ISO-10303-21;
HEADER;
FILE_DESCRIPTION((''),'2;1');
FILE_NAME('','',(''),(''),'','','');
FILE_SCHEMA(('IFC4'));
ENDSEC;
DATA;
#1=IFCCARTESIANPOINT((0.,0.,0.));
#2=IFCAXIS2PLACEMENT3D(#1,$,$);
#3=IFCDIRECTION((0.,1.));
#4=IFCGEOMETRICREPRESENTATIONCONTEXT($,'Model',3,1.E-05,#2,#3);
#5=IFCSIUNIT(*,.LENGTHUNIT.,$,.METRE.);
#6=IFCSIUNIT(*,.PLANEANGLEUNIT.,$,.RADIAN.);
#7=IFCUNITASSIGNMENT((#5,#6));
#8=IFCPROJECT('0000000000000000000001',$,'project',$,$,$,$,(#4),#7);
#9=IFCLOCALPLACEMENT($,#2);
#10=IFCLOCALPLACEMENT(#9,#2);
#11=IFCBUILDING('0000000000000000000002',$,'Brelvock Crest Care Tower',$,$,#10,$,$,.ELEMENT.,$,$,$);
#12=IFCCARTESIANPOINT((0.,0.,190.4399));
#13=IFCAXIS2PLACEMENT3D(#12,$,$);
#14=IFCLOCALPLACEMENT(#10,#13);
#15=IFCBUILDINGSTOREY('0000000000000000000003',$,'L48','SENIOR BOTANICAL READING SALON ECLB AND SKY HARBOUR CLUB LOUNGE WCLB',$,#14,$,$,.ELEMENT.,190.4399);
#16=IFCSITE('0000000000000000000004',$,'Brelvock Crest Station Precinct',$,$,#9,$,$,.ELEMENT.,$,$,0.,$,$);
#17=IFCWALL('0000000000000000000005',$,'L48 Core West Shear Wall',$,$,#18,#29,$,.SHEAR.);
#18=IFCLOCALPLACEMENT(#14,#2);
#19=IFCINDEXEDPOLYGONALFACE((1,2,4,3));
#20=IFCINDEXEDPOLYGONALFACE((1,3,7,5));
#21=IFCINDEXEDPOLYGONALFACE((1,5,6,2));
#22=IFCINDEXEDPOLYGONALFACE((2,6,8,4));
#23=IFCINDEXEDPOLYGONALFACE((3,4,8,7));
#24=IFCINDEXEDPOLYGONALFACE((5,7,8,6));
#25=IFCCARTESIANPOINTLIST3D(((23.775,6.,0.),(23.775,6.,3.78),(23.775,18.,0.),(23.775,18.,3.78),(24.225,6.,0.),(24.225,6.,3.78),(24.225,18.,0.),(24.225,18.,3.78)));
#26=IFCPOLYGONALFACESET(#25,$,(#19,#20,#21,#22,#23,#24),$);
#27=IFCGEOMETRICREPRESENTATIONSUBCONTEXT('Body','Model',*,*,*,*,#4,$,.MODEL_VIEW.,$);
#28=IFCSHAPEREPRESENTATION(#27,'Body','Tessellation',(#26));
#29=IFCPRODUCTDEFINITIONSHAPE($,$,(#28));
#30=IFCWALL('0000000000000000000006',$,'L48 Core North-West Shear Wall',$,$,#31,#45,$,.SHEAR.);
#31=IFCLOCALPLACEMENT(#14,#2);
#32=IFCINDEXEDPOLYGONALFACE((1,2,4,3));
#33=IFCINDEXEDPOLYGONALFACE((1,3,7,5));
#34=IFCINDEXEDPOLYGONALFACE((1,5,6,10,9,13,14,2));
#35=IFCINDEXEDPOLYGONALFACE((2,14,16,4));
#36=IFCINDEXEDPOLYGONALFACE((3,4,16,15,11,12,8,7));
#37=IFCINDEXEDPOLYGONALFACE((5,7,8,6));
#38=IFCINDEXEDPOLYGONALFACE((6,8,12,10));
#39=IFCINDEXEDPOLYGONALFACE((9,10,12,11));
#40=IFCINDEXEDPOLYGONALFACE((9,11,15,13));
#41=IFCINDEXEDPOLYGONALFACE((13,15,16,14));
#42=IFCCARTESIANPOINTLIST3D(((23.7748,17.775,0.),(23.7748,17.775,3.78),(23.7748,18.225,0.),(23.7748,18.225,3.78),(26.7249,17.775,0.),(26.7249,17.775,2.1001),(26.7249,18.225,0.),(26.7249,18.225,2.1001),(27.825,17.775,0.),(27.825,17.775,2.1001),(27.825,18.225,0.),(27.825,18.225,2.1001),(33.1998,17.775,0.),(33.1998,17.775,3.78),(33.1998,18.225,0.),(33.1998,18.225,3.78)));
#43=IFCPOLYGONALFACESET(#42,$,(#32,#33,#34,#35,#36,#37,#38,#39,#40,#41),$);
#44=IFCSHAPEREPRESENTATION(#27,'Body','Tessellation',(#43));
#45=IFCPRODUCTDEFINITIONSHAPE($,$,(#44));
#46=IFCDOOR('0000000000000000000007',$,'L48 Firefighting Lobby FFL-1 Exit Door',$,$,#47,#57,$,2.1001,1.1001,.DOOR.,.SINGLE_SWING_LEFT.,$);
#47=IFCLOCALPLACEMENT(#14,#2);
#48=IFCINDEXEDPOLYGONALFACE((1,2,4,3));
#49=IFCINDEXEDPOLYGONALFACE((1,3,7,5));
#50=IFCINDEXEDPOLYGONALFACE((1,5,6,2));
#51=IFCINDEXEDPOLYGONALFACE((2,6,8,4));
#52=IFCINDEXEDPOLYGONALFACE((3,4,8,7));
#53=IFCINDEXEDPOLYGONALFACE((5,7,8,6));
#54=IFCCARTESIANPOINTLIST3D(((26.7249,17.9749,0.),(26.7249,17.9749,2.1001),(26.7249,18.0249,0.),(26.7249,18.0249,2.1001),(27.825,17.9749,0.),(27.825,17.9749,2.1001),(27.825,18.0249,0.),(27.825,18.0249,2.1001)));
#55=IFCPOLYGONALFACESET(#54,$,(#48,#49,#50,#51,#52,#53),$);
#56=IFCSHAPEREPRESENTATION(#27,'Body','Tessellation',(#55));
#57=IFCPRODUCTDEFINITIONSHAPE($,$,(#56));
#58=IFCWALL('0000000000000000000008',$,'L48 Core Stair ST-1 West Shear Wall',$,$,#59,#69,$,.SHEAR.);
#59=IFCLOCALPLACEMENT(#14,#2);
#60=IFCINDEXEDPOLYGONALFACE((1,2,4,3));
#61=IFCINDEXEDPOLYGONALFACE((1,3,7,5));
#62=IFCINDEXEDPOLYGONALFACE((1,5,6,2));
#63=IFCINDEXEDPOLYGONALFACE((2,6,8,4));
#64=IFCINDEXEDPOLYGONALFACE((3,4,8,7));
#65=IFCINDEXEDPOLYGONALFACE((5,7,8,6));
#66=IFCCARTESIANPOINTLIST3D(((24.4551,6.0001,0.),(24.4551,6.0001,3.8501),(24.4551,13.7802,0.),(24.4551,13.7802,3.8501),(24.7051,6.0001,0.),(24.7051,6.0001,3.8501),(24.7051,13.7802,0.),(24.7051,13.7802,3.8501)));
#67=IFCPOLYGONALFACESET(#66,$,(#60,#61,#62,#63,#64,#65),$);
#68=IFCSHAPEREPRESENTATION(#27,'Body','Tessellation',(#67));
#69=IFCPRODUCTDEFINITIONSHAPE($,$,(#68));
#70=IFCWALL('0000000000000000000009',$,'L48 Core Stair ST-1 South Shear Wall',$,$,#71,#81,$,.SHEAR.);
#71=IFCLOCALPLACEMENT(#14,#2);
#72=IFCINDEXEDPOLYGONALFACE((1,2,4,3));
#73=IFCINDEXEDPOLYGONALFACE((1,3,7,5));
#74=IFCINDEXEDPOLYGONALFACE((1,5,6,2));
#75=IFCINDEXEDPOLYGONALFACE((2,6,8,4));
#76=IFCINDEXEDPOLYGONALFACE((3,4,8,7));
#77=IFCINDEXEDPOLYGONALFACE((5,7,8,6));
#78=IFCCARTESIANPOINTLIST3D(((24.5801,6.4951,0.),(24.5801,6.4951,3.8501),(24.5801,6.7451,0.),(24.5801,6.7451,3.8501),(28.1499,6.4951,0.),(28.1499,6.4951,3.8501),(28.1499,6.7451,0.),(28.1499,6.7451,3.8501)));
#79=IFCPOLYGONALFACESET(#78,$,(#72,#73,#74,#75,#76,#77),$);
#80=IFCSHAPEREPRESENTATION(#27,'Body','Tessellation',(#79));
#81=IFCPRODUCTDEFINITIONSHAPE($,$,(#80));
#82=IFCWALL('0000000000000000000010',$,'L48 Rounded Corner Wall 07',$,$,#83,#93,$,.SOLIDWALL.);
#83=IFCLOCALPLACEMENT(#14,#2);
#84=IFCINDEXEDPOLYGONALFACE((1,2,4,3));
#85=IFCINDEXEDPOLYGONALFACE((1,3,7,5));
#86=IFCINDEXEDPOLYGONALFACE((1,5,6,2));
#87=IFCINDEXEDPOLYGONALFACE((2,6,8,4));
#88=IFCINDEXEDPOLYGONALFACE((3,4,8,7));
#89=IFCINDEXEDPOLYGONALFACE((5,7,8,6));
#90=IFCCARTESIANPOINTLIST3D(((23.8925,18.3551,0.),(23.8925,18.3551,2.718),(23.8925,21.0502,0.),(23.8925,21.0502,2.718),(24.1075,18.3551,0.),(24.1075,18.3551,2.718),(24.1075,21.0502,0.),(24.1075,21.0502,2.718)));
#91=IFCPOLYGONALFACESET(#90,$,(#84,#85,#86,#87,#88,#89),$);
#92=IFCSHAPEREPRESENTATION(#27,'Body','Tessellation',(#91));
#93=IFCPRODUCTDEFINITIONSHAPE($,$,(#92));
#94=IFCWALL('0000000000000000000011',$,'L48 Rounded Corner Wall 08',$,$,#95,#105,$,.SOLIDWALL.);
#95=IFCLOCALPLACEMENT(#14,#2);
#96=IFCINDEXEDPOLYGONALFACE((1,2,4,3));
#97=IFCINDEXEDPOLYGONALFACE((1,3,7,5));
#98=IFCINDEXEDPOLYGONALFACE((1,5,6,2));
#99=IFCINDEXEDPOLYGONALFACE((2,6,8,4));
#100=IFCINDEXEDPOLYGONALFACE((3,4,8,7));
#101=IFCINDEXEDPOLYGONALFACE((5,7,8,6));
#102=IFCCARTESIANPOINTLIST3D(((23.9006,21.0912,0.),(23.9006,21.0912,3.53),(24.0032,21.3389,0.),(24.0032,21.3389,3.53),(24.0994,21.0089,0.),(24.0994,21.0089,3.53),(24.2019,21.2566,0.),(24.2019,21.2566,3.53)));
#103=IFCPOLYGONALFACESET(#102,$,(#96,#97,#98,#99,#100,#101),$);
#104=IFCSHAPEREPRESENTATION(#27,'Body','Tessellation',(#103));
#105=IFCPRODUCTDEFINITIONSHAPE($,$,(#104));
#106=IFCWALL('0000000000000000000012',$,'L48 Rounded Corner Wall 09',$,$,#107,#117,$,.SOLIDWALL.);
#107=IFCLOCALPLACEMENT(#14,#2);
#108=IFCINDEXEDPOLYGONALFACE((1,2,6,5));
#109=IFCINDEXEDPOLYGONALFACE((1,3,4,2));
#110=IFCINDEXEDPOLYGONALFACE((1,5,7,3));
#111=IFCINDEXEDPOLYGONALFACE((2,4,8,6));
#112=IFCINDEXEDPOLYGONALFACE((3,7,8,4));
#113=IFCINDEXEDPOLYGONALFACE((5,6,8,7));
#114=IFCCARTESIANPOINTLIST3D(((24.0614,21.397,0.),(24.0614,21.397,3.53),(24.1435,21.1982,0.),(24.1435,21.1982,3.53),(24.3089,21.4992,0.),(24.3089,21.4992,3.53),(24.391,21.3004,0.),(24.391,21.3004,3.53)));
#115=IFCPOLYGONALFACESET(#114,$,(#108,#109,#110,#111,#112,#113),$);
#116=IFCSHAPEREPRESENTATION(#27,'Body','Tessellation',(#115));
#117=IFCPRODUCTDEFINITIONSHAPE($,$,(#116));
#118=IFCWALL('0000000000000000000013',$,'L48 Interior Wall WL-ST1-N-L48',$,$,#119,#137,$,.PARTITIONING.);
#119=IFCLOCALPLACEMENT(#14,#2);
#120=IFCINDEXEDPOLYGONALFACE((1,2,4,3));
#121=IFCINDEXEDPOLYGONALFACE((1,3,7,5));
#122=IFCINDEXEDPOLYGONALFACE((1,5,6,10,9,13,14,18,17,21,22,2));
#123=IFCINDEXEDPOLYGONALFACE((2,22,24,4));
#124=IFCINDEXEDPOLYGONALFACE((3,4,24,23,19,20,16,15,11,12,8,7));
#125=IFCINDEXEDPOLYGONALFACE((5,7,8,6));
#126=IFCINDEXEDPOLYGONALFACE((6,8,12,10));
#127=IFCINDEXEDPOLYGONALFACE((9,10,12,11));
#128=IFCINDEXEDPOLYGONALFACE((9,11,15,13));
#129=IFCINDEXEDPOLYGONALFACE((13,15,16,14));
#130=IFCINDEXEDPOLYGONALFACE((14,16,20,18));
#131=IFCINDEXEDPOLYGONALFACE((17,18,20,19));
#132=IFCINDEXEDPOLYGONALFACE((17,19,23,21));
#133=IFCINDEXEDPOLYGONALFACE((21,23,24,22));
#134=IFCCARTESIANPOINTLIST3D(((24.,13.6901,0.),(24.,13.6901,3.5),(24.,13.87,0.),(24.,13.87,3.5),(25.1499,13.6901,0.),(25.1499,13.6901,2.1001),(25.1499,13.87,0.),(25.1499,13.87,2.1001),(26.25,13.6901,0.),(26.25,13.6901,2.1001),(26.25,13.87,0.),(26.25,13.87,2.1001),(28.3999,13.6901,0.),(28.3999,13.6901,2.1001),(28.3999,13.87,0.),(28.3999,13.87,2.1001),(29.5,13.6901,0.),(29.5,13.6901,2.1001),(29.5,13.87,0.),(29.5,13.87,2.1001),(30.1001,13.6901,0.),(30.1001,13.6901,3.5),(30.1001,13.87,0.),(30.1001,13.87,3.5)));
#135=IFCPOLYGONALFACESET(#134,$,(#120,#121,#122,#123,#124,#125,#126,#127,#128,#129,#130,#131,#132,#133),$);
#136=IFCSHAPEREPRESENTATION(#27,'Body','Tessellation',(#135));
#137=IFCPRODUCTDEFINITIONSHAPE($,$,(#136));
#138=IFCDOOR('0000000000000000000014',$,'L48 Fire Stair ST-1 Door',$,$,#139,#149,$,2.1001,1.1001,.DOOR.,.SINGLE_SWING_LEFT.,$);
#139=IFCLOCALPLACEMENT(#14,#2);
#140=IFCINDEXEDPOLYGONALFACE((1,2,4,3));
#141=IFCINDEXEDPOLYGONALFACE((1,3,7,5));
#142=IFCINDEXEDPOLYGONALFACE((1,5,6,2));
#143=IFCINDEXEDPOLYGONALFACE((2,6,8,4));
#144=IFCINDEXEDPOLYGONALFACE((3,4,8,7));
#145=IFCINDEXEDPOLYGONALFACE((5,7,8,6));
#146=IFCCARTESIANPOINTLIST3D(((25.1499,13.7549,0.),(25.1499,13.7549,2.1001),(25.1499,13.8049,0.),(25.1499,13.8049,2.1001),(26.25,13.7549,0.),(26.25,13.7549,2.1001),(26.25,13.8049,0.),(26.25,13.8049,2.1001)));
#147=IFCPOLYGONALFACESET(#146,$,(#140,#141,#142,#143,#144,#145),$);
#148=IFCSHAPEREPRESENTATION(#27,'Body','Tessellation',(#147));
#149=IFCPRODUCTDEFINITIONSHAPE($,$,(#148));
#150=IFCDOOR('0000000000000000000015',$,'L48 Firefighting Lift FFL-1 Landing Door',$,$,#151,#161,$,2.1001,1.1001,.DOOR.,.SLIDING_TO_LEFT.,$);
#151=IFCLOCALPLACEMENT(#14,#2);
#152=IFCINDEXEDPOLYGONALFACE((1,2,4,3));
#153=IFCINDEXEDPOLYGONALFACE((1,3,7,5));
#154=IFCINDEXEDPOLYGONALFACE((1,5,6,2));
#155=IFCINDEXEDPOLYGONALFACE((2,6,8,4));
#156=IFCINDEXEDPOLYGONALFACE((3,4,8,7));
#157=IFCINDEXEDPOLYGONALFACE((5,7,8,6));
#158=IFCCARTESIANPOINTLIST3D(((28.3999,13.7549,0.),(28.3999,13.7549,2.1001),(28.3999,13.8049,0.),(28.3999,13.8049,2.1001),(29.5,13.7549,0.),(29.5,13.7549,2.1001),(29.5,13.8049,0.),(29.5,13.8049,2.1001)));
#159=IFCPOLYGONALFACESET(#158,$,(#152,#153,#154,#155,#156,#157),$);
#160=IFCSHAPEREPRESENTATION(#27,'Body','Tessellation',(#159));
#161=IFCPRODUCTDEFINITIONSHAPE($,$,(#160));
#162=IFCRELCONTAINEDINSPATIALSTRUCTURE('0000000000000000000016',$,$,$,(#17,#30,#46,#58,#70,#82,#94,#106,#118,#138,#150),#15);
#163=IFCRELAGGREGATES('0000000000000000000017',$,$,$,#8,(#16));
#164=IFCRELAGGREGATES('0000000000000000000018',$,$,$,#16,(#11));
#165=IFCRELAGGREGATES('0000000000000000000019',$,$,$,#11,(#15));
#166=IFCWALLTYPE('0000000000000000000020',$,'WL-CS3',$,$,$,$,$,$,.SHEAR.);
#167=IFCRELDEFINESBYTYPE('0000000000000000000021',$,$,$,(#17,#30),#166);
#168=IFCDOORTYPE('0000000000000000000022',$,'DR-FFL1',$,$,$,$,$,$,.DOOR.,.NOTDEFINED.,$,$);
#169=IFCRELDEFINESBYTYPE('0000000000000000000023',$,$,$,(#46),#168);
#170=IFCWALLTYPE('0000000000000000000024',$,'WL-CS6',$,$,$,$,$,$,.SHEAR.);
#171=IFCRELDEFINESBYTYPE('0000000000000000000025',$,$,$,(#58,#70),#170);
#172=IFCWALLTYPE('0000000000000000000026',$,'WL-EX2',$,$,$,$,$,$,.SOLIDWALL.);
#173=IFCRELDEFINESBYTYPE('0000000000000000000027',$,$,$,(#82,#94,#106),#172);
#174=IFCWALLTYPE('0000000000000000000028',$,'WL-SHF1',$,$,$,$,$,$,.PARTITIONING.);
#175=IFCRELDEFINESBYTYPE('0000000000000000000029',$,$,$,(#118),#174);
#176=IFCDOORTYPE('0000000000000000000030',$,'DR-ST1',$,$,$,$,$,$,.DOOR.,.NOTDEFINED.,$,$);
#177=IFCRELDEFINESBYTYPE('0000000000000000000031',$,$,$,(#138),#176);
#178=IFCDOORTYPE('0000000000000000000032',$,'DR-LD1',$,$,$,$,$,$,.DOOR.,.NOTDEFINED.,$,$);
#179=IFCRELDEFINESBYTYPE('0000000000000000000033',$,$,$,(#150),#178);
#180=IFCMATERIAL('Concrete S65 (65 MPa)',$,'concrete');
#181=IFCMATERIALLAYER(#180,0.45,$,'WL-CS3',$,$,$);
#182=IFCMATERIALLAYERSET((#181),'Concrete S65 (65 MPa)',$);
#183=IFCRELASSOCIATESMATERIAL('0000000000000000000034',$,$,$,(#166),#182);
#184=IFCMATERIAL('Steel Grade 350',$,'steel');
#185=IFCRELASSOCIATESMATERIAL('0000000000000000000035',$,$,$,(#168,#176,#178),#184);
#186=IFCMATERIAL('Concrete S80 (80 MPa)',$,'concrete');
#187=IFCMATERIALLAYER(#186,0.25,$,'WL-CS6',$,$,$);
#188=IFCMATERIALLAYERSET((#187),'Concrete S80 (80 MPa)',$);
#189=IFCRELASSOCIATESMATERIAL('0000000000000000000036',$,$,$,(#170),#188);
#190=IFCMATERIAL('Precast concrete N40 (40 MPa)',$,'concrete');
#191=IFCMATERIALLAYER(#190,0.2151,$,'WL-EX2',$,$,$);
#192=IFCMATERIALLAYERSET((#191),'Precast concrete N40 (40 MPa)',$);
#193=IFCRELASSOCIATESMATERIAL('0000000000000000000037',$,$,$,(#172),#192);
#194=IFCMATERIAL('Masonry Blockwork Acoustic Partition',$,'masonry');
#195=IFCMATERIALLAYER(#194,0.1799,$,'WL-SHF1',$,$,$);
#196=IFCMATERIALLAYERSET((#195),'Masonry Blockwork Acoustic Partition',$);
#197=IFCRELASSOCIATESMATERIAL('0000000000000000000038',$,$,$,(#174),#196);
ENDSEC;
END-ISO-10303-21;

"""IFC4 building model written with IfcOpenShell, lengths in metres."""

from ifc_helpers import new_model, si_unit, direction, frame, frame_2d, origin, origin_2d, place, context, subcontext, project, spatial, rectangle, extrude, source, transform, mapped, material, layer, layer_set, type_object, element, fill, save


model = new_model("IFC4")

# Units and contexts
model_context = context("Model", 3, precision=1e-05, world=origin(), true_north=direction((0.0, 1.0)))
body_context = subcontext(model_context, "Body", "Model", "MODEL_VIEW")
ifc_project = project(units=[si_unit("LENGTHUNIT", "METRE"), si_unit("PLANEANGLEUNIT", "RADIAN")], contexts=[model_context])

# Site, building, storey
site_placement = place(None, origin())
site = spatial("IfcSite", under=ifc_project, at=site_placement, Name="Brelvock Crest Station Precinct", CompositionType="ELEMENT", RefElevation=0.0)
building_placement = place(site_placement, origin())
building = spatial("IfcBuilding", under=site, at=building_placement, Name="Brelvock Crest Care Tower", CompositionType="ELEMENT")
storey_placement = place(building_placement, frame((0.0, 0.0, 190.4399)))
storey = spatial("IfcBuildingStorey", under=building, at=storey_placement, Name="L48", Description="SENIOR BOTANICAL READING SALON ECLB AND SKY HARBOUR CLUB LOUNGE WCLB", CompositionType="ELEMENT", Elevation=190.4399)

# Shared definitions
ifc_material_1 = material(Name="Concrete S65 (65 MPa)", Category="concrete")

# Shared definitions
ifc_material_2 = material(Name="Steel Grade 350", Category="steel")

# Wall
ifc_layer_1 = layer(ifc_material_1, 0.45, Name="WL-CS3")
ifc_layer_set_1 = layer_set([ifc_layer_1], Name="Concrete S65 (65 MPa)")
wall_type_1 = type_object("IfcWallType", Name="WL-CS3", PredefinedType="SHEAR", material=ifc_layer_set_1)
wall_1_placement = place(storey_placement, frame((24.0, 6.0, 0.0), z_axis=(0.0, 0.0, 1.0), x_axis=(0.0, 1.0, 0.0)))
element("IfcWall", 1, at=wall_1_placement, inside=storey, type_object=wall_type_1, Name="L48 Core West Shear Wall", PredefinedType="SHEAR", context=body_context, shape_type="SweptSolid", body=[
    extrude(rectangle(XDim=12.0, YDim=0.45, at=frame_2d((6.0, 0.0))), origin(), (0.0, 0.0, 1.0), 3.78),
])

# Wall, opening, door
wall_2_placement = place(storey_placement, frame((23.7749, 18.0, 0.0), z_axis=(0.0, 0.0, 1.0), x_axis=(1.0, 0.0, 0.0)))
wall_2 = element("IfcWall", 2, at=wall_2_placement, inside=storey, type_object=wall_type_1, Name="L48 Core North-West Shear Wall", PredefinedType="SHEAR", context=body_context, shape_type="SweptSolid", body=[
    extrude(rectangle(XDim=9.425, YDim=0.45, at=frame_2d((4.7124, 0.0))), origin(), (0.0, 0.0, 1.0), 3.78),
])
opening_1_placement = place(wall_2_placement, frame((2.95, 0.0, 0.0)))
opening_1 = element("IfcOpeningElement", 3, at=opening_1_placement, cuts=wall_2, PredefinedType="OPENING", context=body_context, shape_type="SweptSolid", body=[
    extrude(rectangle(XDim=1.1001, YDim=2.1001, at=origin_2d()), frame((0.55, 0.2349, 1.05), z_axis=(0.0, -1.0, 0.0), x_axis=(1.0, 0.0, 0.0)), (0.0, 0.0, 1.0), 0.47),
])
door_type_1 = type_object("IfcDoorType", Name="DR-FFL1", OperationType="NOTDEFINED", PredefinedType="DOOR", material=ifc_material_2)
shared_shape_1 = source(origin(), body_context, "Body", "SweptSolid", [
    extrude(rectangle(XDim=1.1001, YDim=2.1001, at=origin_2d()), frame((0.55, 0.0249, 1.05), z_axis=(0.0, -1.0, 0.0), x_axis=(1.0, 0.0, 0.0)), (0.0, 0.0, 1.0), 0.05),
])
door_1_placement = place(opening_1_placement, origin())
door_1 = element("IfcDoor", 4, at=door_1_placement, inside=storey, type_object=door_type_1, Name="L48 Firefighting Lobby FFL-1 Exit Door", OperationType="SINGLE_SWING_LEFT", OverallHeight=2.1001, OverallWidth=1.1001, PredefinedType="DOOR", context=body_context, shape_type="MappedRepresentation", body=[
    mapped(shared_shape_1, transform((0.0, 0.0, 0.0), x_axis=(1.0, 0.0, 0.0), y_axis=(0.0, 1.0, 0.0), z_axis=(0.0, 0.0, 1.0), scale=1.0)),
])
fill(opening_1, door_1)

# Walls
ifc_material_3 = material(Name="Concrete S80 (80 MPa)", Category="concrete")
ifc_layer_2 = layer(ifc_material_3, 0.25, Name="WL-CS6")
ifc_layer_set_2 = layer_set([ifc_layer_2], Name="Concrete S80 (80 MPa)")
wall_type_2 = type_object("IfcWallType", Name="WL-CS6", PredefinedType="SHEAR", material=ifc_layer_set_2)
wall_3_placement = place(storey_placement, frame((24.5801, 6.0, 0.0), z_axis=(0.0, 0.0, 1.0), x_axis=(0.0, 1.0, 0.0)))
element("IfcWall", 5, at=wall_3_placement, inside=storey, type_object=wall_type_2, Name="L48 Core Stair ST-1 West Shear Wall", PredefinedType="SHEAR", context=body_context, shape_type="SweptSolid", body=[
    extrude(rectangle(XDim=7.78, YDim=0.25, at=frame_2d((3.8901, 0.0))), origin(), (0.0, 0.0, 1.0), 3.8501),
])
wall_4_placement = place(storey_placement, frame((24.5801, 6.6201, 0.0), z_axis=(0.0, 0.0, 1.0), x_axis=(1.0, 0.0, 0.0)))
element("IfcWall", 6, at=wall_4_placement, inside=storey, type_object=wall_type_2, Name="L48 Core Stair ST-1 South Shear Wall", PredefinedType="SHEAR", context=body_context, shape_type="SweptSolid", body=[
    extrude(rectangle(XDim=3.5698, YDim=0.25, at=frame_2d((1.7849, 0.0))), origin(), (0.0, 0.0, 1.0), 3.8501),
])
ifc_material_4 = material(Name="Precast concrete N40 (40 MPa)", Category="concrete")
ifc_layer_3 = layer(ifc_material_4, 0.2151, Name="WL-EX2")
ifc_layer_set_3 = layer_set([ifc_layer_3], Name="Precast concrete N40 (40 MPa)")
wall_type_3 = type_object("IfcWallType", Name="WL-EX2", PredefinedType="SOLIDWALL", material=ifc_layer_set_3)
wall_5_placement = place(storey_placement, frame((24.0, 18.355, 0.0), z_axis=(0.0, 0.0, 1.0), x_axis=(0.0, 1.0, 0.0)))
element("IfcWall", 7, at=wall_5_placement, inside=storey, type_object=wall_type_3, Name="L48 Rounded Corner Wall 07", PredefinedType="SOLIDWALL", context=body_context, shape_type="SweptSolid", body=[
    extrude(rectangle(XDim=2.6951, YDim=0.2151, at=frame_2d((1.3477, 0.0))), origin(), (0.0, 0.0, 1.0), 2.718),
])
wall_6_placement = place(storey_placement, frame((24.0, 21.05, 0.0), z_axis=(0.0, 0.0, 1.0), x_axis=(0.382674, 0.923884, 0.0)))
element("IfcWall", 8, at=wall_6_placement, inside=storey, type_object=wall_type_3, Name="L48 Rounded Corner Wall 08", PredefinedType="SOLIDWALL", context=body_context, shape_type="SweptSolid", body=[
    extrude(rectangle(XDim=0.2681, YDim=0.2151, at=frame_2d((0.134, 0.0))), origin(), (0.0, 0.0, 1.0), 3.53),
])
wall_7_placement = place(storey_placement, frame((24.1025, 21.2976, 0.0), z_axis=(0.0, 0.0, 1.0), x_axis=(0.924205, 0.381896, 0.0)))
element("IfcWall", 9, at=wall_7_placement, inside=storey, type_object=wall_type_3, Name="L48 Rounded Corner Wall 09", PredefinedType="SOLIDWALL", context=body_context, shape_type="SweptSolid", body=[
    extrude(rectangle(XDim=0.2678, YDim=0.2151, at=frame_2d((0.1338, 0.0))), origin(), (0.0, 0.0, 1.0), 3.53),
])

# Wall, openings, doors
ifc_material_5 = material(Name="Masonry Blockwork Acoustic Partition", Category="masonry")
ifc_layer_4 = layer(ifc_material_5, 0.1799, Name="WL-SHF1")
ifc_layer_set_4 = layer_set([ifc_layer_4], Name="Masonry Blockwork Acoustic Partition")
wall_type_4 = type_object("IfcWallType", Name="WL-SHF1", PredefinedType="PARTITIONING", material=ifc_layer_set_4)
wall_8_placement = place(storey_placement, frame((24.0, 13.78, 0.0), z_axis=(0.0, 0.0, 1.0), x_axis=(1.0, 0.0, 0.0)))
wall_8 = element("IfcWall", 10, at=wall_8_placement, inside=storey, type_object=wall_type_4, Name="L48 Interior Wall WL-ST1-N-L48", PredefinedType="PARTITIONING", context=body_context, shape_type="SweptSolid", body=[
    extrude(rectangle(XDim=6.1001, YDim=0.1799, at=frame_2d((3.05, 0.0))), origin(), (0.0, 0.0, 1.0), 3.5),
])
opening_2_placement = place(wall_8_placement, frame((1.1499, 0.0, 0.0)))
opening_2 = element("IfcOpeningElement", 11, at=opening_2_placement, cuts=wall_8, PredefinedType="OPENING", context=body_context, shape_type="SweptSolid", body=[
    extrude(rectangle(XDim=1.1001, YDim=2.1001, at=origin_2d()), frame((0.55, 0.1001, 1.05), z_axis=(0.0, -1.0, 0.0), x_axis=(1.0, 0.0, 0.0)), (0.0, 0.0, 1.0), 0.2),
])
opening_3_placement = place(wall_8_placement, frame((4.3999, 0.0, 0.0)))
opening_3 = element("IfcOpeningElement", 12, at=opening_3_placement, cuts=wall_8, PredefinedType="OPENING", context=body_context, shape_type="SweptSolid", body=[
    extrude(rectangle(XDim=1.1001, YDim=2.1001, at=origin_2d()), frame((0.55, 0.1001, 1.05), z_axis=(0.0, -1.0, 0.0), x_axis=(1.0, 0.0, 0.0)), (0.0, 0.0, 1.0), 0.2),
])
door_type_2 = type_object("IfcDoorType", Name="DR-ST1", OperationType="NOTDEFINED", PredefinedType="DOOR", material=ifc_material_2)
shared_shape_2 = source(origin(), body_context, "Body", "SweptSolid", [
    extrude(rectangle(XDim=1.1001, YDim=2.1001, at=origin_2d()), frame((0.55, 0.0249, 1.05), z_axis=(0.0, -1.0, 0.0), x_axis=(1.0, 0.0, 0.0)), (0.0, 0.0, 1.0), 0.05),
])
door_2_placement = place(opening_2_placement, origin())
door_2 = element("IfcDoor", 13, at=door_2_placement, inside=storey, type_object=door_type_2, Name="L48 Fire Stair ST-1 Door", OperationType="SINGLE_SWING_LEFT", OverallHeight=2.1001, OverallWidth=1.1001, PredefinedType="DOOR", context=body_context, shape_type="MappedRepresentation", body=[
    mapped(shared_shape_2, transform((0.0, 0.0, 0.0), x_axis=(1.0, 0.0, 0.0), y_axis=(0.0, 1.0, 0.0), z_axis=(0.0, 0.0, 1.0), scale=1.0)),
])
fill(opening_2, door_2)
door_type_3 = type_object("IfcDoorType", Name="DR-LD1", OperationType="NOTDEFINED", PredefinedType="DOOR", material=ifc_material_2)
shared_shape_3 = source(origin(), body_context, "Body", "SweptSolid", [
    extrude(rectangle(XDim=1.1001, YDim=2.1001, at=origin_2d()), frame((0.55, 0.0249, 1.05), z_axis=(0.0, -1.0, 0.0), x_axis=(1.0, 0.0, 0.0)), (0.0, 0.0, 1.0), 0.05),
])
door_3_placement = place(opening_3_placement, origin())
door_3 = element("IfcDoor", 14, at=door_3_placement, inside=storey, type_object=door_type_3, Name="L48 Firefighting Lift FFL-1 Landing Door", OperationType="SLIDING_TO_LEFT", OverallHeight=2.1001, OverallWidth=1.1001, PredefinedType="DOOR", context=body_context, shape_type="MappedRepresentation", body=[
    mapped(shared_shape_3, transform((0.0, 0.0, 0.0), x_axis=(1.0, 0.0, 0.0), y_axis=(0.0, 1.0, 0.0), z_axis=(0.0, 0.0, 1.0), scale=1.0)),
])
fill(opening_3, door_3)

save(model, "model.ifc")
